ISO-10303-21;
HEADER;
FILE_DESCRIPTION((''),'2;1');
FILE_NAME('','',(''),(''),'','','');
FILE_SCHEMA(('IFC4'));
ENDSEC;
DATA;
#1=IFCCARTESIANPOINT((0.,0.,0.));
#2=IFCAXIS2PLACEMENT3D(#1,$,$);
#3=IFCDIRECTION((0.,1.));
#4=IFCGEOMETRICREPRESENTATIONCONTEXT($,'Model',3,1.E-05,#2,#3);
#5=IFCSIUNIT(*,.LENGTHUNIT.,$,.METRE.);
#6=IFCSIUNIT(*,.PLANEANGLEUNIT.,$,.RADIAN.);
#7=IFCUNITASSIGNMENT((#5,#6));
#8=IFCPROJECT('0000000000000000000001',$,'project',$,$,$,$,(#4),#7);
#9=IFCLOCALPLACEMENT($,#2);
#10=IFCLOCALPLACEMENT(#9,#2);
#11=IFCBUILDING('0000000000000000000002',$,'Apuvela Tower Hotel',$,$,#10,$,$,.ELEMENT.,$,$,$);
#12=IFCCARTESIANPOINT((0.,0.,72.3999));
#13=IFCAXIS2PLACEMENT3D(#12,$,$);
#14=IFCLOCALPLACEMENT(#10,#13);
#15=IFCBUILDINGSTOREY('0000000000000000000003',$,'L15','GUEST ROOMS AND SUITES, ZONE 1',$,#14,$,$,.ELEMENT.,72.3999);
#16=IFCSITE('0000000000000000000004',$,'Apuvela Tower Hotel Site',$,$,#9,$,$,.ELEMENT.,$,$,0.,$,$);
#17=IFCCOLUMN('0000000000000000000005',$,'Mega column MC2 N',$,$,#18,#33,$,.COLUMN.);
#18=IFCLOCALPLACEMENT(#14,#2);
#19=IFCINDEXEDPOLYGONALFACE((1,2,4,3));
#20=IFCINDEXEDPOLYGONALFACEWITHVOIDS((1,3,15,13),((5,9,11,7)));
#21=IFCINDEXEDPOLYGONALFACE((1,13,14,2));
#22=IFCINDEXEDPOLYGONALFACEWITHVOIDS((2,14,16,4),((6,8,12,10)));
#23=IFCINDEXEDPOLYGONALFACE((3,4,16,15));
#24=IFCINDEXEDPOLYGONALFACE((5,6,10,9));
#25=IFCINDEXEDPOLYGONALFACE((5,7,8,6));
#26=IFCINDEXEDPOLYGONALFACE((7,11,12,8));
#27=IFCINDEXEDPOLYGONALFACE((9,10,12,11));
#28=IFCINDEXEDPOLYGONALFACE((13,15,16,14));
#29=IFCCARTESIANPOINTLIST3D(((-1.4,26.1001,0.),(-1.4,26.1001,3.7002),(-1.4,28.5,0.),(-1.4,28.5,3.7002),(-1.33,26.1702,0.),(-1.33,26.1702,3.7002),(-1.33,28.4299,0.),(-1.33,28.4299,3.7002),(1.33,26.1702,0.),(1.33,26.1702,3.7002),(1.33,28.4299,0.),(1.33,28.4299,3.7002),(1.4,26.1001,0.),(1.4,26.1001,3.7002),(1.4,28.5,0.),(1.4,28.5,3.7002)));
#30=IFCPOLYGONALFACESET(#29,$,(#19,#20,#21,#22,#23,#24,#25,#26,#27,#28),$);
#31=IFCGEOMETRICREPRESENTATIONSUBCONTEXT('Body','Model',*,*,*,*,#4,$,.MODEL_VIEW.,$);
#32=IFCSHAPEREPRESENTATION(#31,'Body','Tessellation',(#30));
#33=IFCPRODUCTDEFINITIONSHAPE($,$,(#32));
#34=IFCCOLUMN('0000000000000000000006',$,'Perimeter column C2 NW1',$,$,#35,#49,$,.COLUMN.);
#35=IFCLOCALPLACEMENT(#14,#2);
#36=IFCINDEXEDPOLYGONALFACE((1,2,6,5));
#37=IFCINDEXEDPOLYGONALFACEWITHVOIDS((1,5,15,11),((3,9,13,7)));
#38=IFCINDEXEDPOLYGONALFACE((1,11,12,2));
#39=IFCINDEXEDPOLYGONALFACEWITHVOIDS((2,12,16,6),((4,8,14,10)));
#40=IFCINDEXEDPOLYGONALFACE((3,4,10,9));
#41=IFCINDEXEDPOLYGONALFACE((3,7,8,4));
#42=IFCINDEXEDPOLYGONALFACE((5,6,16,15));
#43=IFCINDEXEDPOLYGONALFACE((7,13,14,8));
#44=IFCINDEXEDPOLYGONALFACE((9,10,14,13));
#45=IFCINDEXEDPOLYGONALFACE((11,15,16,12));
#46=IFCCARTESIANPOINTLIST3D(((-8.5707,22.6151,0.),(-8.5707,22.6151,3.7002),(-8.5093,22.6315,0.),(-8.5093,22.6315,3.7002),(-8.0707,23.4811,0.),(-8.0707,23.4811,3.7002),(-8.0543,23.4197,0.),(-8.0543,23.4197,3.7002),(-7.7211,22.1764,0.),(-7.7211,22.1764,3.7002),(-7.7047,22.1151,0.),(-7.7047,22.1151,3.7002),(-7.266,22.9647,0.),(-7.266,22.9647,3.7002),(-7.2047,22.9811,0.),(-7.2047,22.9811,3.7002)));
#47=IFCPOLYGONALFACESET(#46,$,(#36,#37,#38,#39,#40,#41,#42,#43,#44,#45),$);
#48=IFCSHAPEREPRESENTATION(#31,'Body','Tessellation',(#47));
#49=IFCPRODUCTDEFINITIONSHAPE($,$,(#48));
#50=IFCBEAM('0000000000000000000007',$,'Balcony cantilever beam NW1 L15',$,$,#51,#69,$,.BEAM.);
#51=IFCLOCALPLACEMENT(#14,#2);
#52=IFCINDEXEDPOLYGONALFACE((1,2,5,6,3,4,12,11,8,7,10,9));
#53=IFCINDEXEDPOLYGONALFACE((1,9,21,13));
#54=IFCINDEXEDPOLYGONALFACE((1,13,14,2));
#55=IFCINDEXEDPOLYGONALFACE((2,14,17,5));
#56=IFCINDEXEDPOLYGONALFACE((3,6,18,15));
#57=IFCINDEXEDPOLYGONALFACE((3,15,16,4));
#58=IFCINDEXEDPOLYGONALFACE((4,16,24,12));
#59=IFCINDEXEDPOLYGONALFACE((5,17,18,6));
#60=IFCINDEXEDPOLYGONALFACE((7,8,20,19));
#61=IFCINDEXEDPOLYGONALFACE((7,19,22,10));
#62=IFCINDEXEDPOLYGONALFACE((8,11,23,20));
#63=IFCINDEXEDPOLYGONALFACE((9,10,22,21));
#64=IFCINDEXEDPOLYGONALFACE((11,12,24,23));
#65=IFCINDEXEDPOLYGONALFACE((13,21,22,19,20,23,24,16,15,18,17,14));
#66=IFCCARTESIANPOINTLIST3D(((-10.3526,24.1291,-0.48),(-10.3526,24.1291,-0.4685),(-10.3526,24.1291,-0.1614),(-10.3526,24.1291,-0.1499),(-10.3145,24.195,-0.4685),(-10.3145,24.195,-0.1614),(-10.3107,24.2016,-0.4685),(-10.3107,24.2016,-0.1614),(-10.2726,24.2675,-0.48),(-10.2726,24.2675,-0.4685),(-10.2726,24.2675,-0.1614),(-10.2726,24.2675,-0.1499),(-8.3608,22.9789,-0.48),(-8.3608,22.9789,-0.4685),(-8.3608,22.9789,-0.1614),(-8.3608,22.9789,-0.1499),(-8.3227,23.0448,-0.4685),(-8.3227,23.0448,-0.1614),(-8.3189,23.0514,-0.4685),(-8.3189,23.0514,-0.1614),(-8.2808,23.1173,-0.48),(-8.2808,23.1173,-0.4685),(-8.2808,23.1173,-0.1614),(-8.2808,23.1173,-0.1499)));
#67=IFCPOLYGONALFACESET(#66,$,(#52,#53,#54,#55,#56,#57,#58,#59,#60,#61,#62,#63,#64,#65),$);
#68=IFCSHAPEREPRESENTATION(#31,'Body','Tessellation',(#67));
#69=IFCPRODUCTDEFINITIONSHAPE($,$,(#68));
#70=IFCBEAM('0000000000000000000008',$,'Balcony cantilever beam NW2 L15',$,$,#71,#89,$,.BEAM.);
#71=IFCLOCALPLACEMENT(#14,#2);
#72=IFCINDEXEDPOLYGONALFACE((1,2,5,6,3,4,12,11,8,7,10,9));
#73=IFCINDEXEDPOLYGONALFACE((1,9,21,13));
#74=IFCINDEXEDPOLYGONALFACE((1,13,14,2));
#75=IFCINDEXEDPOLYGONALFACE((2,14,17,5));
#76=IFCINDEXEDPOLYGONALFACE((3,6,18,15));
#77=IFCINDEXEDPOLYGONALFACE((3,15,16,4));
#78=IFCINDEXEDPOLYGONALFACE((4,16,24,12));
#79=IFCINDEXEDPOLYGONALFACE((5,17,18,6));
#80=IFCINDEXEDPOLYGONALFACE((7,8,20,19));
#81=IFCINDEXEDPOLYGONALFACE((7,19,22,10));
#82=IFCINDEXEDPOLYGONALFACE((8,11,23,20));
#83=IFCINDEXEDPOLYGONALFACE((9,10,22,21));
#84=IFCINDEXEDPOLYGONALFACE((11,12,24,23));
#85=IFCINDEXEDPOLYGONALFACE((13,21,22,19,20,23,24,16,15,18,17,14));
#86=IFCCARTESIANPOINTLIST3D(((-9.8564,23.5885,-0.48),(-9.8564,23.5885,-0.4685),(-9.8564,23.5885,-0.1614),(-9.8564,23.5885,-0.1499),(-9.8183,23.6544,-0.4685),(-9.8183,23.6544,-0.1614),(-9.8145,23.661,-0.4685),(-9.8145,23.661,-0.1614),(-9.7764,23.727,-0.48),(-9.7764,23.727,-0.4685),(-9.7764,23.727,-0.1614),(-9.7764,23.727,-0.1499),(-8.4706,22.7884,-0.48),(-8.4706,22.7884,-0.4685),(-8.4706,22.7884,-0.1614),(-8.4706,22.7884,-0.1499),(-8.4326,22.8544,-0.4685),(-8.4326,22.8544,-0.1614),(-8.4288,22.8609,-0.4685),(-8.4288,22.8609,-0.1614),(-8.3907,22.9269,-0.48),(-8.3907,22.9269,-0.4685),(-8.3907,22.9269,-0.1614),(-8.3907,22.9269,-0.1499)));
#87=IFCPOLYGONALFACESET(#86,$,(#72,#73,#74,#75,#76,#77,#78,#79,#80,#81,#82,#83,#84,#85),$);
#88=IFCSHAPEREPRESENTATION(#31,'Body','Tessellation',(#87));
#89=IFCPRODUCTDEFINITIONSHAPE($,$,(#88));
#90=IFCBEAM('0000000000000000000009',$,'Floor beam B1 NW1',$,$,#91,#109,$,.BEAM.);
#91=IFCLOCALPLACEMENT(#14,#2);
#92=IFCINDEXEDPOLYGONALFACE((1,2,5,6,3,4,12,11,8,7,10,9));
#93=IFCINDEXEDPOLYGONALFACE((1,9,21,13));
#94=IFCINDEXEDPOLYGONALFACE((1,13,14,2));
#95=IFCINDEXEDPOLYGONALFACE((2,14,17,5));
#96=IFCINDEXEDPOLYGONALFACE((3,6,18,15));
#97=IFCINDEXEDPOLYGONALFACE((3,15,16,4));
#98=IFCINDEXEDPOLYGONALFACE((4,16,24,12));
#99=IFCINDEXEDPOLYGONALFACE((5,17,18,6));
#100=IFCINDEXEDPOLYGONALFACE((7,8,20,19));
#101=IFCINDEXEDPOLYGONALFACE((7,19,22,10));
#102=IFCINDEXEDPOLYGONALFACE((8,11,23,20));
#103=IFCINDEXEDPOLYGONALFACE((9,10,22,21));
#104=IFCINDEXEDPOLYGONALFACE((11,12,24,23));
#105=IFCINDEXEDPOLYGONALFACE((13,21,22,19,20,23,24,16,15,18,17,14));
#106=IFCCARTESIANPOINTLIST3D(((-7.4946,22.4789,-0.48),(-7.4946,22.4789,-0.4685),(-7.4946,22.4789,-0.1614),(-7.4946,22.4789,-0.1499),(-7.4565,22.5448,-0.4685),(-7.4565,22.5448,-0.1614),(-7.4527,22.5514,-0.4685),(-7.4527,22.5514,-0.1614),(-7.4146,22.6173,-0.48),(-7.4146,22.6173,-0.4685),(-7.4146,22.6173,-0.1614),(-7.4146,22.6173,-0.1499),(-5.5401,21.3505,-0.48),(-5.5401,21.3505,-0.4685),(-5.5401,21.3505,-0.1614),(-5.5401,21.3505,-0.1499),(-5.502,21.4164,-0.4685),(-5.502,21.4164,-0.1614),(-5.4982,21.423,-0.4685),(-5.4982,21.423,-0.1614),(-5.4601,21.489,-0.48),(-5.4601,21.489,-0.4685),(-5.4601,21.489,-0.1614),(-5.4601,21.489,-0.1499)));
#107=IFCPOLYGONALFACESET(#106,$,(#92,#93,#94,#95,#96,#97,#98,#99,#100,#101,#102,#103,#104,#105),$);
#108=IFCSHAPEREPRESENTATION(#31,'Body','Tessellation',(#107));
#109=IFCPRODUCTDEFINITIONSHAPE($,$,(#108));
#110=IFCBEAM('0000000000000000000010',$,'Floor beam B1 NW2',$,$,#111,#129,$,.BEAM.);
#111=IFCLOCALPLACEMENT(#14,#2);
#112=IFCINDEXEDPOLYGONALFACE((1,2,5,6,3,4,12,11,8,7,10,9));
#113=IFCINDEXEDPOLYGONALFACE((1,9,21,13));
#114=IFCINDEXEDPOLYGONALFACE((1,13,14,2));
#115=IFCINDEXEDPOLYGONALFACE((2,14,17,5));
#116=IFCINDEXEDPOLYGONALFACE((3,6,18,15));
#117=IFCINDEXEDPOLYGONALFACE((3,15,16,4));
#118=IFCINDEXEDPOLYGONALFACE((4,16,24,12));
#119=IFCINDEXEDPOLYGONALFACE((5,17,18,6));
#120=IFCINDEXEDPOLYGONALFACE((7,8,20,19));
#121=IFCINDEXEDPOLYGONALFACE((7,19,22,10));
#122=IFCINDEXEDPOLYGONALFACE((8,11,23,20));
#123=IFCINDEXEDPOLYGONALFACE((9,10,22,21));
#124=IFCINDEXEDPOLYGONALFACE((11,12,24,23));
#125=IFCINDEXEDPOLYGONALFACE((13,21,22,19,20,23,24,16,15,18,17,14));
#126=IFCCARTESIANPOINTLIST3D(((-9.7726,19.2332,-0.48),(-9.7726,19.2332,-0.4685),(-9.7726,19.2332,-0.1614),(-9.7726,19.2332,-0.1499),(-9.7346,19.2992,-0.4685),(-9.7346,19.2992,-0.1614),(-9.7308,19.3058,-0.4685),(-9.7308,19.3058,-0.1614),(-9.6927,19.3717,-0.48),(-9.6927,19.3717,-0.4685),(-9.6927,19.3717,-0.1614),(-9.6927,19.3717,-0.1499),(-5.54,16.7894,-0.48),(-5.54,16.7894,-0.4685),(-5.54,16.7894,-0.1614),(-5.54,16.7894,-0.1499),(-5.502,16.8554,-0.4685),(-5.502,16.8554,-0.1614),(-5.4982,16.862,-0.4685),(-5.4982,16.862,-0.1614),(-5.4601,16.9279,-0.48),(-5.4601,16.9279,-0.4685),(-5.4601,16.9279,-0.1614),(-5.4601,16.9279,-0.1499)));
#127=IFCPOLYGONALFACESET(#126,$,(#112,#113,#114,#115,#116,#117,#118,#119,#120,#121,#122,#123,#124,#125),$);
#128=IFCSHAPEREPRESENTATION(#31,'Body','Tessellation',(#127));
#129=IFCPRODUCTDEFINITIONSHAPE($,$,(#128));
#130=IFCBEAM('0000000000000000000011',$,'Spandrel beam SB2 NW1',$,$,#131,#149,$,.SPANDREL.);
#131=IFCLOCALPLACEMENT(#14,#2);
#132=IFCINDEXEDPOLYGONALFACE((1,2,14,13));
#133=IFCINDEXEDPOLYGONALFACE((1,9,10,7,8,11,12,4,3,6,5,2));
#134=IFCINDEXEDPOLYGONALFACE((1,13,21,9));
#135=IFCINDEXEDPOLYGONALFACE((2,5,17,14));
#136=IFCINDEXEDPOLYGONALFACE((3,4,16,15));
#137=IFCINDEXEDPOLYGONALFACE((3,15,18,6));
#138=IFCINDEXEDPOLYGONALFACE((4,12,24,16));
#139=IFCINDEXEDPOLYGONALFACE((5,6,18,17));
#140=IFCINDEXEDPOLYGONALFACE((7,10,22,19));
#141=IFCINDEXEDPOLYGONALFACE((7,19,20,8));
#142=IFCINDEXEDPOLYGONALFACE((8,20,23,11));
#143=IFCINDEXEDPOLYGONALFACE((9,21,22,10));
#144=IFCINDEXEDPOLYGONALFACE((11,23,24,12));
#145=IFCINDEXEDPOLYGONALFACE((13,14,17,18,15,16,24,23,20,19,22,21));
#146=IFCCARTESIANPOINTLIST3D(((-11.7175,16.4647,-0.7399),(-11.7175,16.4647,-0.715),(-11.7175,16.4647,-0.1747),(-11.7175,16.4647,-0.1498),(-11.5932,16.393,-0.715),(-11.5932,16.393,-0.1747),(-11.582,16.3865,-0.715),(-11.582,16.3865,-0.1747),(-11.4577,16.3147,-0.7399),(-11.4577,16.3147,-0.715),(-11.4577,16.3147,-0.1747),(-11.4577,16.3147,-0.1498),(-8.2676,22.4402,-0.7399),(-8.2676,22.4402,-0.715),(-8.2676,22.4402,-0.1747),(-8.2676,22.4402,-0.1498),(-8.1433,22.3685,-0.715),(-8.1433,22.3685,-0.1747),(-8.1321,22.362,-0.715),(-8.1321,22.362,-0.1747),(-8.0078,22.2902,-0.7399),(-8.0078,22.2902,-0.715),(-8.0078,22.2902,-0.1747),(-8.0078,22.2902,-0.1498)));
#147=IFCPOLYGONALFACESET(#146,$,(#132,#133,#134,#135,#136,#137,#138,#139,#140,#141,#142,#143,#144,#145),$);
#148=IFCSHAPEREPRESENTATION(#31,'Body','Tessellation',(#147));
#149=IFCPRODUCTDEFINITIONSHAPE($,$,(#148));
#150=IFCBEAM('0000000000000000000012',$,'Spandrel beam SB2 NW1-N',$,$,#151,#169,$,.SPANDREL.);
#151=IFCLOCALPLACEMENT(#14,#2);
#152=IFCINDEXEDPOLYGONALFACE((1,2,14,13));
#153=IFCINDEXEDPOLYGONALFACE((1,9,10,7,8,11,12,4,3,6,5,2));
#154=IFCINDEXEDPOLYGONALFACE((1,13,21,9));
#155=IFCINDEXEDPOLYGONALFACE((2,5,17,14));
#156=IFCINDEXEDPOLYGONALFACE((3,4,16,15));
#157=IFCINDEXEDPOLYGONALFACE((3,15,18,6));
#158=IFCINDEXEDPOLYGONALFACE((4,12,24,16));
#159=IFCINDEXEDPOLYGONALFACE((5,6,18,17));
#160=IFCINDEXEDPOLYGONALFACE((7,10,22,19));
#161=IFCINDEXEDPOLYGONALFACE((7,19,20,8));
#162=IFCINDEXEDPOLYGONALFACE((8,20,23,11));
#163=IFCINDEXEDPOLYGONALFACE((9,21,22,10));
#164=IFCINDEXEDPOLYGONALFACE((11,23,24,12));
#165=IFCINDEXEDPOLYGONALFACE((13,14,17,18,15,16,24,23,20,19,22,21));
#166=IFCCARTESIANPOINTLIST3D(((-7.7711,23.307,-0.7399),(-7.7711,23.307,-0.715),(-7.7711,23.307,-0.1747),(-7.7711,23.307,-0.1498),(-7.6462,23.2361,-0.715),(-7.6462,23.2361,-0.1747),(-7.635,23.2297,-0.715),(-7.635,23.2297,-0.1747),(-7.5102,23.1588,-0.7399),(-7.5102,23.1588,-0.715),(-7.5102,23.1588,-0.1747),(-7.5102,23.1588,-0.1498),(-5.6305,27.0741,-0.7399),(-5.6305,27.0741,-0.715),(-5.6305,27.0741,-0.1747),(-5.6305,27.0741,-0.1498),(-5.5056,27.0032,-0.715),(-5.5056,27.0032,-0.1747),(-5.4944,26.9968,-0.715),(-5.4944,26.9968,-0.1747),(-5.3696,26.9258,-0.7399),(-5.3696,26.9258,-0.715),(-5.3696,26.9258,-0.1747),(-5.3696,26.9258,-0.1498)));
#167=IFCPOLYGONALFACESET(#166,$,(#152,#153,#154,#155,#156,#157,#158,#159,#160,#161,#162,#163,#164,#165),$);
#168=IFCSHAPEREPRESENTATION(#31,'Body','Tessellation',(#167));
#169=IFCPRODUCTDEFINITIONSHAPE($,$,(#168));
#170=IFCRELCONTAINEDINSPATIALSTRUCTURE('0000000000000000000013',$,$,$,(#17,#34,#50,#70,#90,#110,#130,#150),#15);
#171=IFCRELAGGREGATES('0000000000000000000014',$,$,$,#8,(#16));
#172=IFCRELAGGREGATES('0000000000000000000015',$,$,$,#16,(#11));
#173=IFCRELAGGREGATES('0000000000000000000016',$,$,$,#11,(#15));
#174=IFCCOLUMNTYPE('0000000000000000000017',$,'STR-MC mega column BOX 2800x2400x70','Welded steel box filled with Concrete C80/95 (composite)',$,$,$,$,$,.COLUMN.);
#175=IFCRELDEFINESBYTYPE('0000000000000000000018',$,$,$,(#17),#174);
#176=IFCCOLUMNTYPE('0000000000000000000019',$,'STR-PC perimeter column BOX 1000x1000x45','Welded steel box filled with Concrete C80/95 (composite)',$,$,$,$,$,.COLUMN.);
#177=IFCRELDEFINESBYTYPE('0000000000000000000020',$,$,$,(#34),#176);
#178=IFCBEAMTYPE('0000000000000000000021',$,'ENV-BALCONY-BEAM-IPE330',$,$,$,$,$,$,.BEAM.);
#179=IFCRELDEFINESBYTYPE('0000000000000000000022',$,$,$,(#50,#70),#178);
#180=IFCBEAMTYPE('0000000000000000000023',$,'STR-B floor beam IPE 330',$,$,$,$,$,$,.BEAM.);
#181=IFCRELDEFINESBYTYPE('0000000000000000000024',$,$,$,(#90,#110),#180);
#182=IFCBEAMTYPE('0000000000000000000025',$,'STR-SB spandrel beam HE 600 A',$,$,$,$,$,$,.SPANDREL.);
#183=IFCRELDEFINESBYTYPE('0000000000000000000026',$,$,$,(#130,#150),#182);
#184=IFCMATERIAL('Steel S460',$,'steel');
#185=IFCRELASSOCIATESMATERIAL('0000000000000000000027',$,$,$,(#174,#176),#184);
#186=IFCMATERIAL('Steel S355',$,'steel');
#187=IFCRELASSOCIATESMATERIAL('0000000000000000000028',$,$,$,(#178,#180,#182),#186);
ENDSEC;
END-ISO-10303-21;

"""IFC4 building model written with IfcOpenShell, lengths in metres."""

from ifc_helpers import new_model, si_unit, direction, frame, origin, origin_2d, place, context, subcontext, project, spatial, rectangle, hollow_rectangle, i_section, extrude, material, material_profile, profile_set, type_object, element, save


model = new_model("IFC4")

# Units and contexts
model_context = context("Model", 3, precision=1e-05, world=origin(), true_north=direction((0.0, 1.0)))
body_context = subcontext(model_context, "Body", "Model", "MODEL_VIEW")
ifc_project = project(units=[si_unit("LENGTHUNIT", "METRE"), si_unit("PLANEANGLEUNIT", "RADIAN")], contexts=[model_context])

# Site, building, storey
site_placement = place(None, origin())
site = spatial("IfcSite", under=ifc_project, at=site_placement, Name="Apuvela Tower Hotel Site", CompositionType="ELEMENT", RefElevation=0.0)
building_placement = place(site_placement, origin())
building = spatial("IfcBuilding", under=site, at=building_placement, Name="Apuvela Tower Hotel", CompositionType="ELEMENT")
storey_placement = place(building_placement, frame((0.0, 0.0, 72.3999)))
storey = spatial("IfcBuildingStorey", under=building, at=storey_placement, Name="L15", Description="GUEST ROOMS AND SUITES, ZONE 1", CompositionType="ELEMENT", Elevation=72.3999)

# Columns
ifc_material_1 = material(Name="Steel S460", Category="steel")
ifc_material_profile_1 = material_profile(ifc_material_1, hollow_rectangle(XDim=2.8, YDim=2.3999, WallThickness=0.0701, at=origin_2d()), Name="BOX 2800x2400x70")
ifc_material_2 = material(Name="Concrete C80/95", Category="concrete")
ifc_material_profile_2 = material_profile(ifc_material_2, rectangle(XDim=2.6599, YDim=2.26, at=origin_2d()), Name="Concrete C80/95 infill")
ifc_profile_set_1 = profile_set([ifc_material_profile_1, ifc_material_profile_2], Name="Steel S460")
column_type_1 = type_object("IfcColumnType", Name="STR-MC mega column BOX 2800x2400x70", Description="Welded steel box filled with Concrete C80/95 (composite)", PredefinedType="COLUMN", material=ifc_profile_set_1)
column_1_placement = place(storey_placement, frame((0.0, 27.3, 0.0), z_axis=(0.0, 0.0, 1.0), x_axis=(1.0, 0.0, 0.0)))
element("IfcColumn", 1, at=column_1_placement, inside=storey, type_object=column_type_1, Name="Mega column MC2 N", PredefinedType="COLUMN", context=body_context, shape_type="SweptSolid", body=[
    extrude(hollow_rectangle(XDim=2.8, YDim=2.3999, WallThickness=0.0701, at=origin_2d()), origin(), (0.0, 0.0, 1.0), 3.7002),
])
ifc_material_profile_3 = material_profile(ifc_material_1, hollow_rectangle(XDim=1.0, YDim=1.0, WallThickness=0.0449, at=origin_2d()), Name="BOX 1000x1000x45")
ifc_material_profile_4 = material_profile(ifc_material_2, rectangle(XDim=0.9099, YDim=0.9099, at=origin_2d()), Name="Concrete C80/95 infill")
ifc_profile_set_2 = profile_set([ifc_material_profile_3, ifc_material_profile_4], Name="Steel S460")
column_type_2 = type_object("IfcColumnType", Name="STR-PC perimeter column BOX 1000x1000x45", Description="Welded steel box filled with Concrete C80/95 (composite)", PredefinedType="COLUMN", material=ifc_profile_set_2)
column_2_placement = place(storey_placement, frame((-7.8877, 22.7981, 0.0), z_axis=(0.0, 0.0, 1.0), x_axis=(0.5, 0.866025, 0.0)))
element("IfcColumn", 2, at=column_2_placement, inside=storey, type_object=column_type_2, Name="Perimeter column C2 NW1", PredefinedType="COLUMN", context=body_context, shape_type="SweptSolid", body=[
    extrude(hollow_rectangle(XDim=1.0, YDim=1.0, WallThickness=0.0449, at=origin_2d()), origin(), (0.0, 0.0, 1.0), 3.7002),
])

# Beams
ifc_material_3 = material(Name="Steel S355", Category="steel")
ifc_material_profile_5 = material_profile(ifc_material_3, i_section(OverallWidth=0.1599, OverallDepth=0.3301, WebThickness=0.0076, FlangeThickness=0.0115, at=origin_2d()), Name="IPE 330")
ifc_profile_set_3 = profile_set([ifc_material_profile_5], Name="Steel S355")
beam_type_1 = type_object("IfcBeamType", Name="ENV-BALCONY-BEAM-IPE330", PredefinedType="BEAM", material=ifc_profile_set_3)
beam_1_placement = place(storey_placement, frame((-8.3208, 23.0481, -0.3149), z_axis=(-0.865981, 0.500078, 0.0), x_axis=(-0.500078, -0.865981, 0.0)))
element("IfcBeam", 3, at=beam_1_placement, inside=storey, type_object=beam_type_1, Name="Balcony cantilever beam NW1 L15", PredefinedType="BEAM", context=body_context, shape_type="SweptSolid", body=[
    extrude(i_section(OverallWidth=0.1599, OverallDepth=0.3301, WebThickness=0.0076, FlangeThickness=0.0115, at=origin_2d()), origin(), (0.0, 0.0, 1.0), 2.3),
])
beam_2_placement = place(storey_placement, frame((-8.4307, 22.8577, -0.3149), z_axis=(-0.866028, 0.499995, 0.0), x_axis=(-0.499995, -0.866028, 0.0)))
element("IfcBeam", 4, at=beam_2_placement, inside=storey, type_object=beam_type_1, Name="Balcony cantilever beam NW2 L15", PredefinedType="BEAM", context=body_context, shape_type="SweptSolid", body=[
    extrude(i_section(OverallWidth=0.1599, OverallDepth=0.3301, WebThickness=0.0076, FlangeThickness=0.0115, at=origin_2d()), origin(), (0.0, 0.0, 1.0), 1.6001),
])
ifc_material_profile_6 = material_profile(ifc_material_3, i_section(OverallWidth=0.1599, OverallDepth=0.3301, WebThickness=0.0076, FlangeThickness=0.0115, at=origin_2d()), Name="IPE 330")
ifc_profile_set_4 = profile_set([ifc_material_profile_6], Name="Steel S355")
beam_type_2 = type_object("IfcBeamType", Name="STR-B floor beam IPE 330", PredefinedType="BEAM", material=ifc_profile_set_4)
beam_3_placement = place(storey_placement, frame((-7.4546, 22.5481, -0.3149), z_axis=(0.866038, -0.499978, 0.0), x_axis=(0.499978, 0.866038, 0.0)))
element("IfcBeam", 5, at=beam_3_placement, inside=storey, type_object=beam_type_2, Name="Floor beam B1 NW1", PredefinedType="BEAM", context=body_context, shape_type="SweptSolid", body=[
    extrude(i_section(OverallWidth=0.1599, OverallDepth=0.3301, WebThickness=0.0076, FlangeThickness=0.0115, at=origin_2d()), origin(), (0.0, 0.0, 1.0), 2.2568),
])
beam_4_placement = place(storey_placement, frame((-9.7327, 19.3025, -0.3149), z_axis=(0.866015, -0.500018, 0.0), x_axis=(0.500018, 0.866015, 0.0)))
element("IfcBeam", 6, at=beam_4_placement, inside=storey, type_object=beam_type_2, Name="Floor beam B1 NW2", PredefinedType="BEAM", context=body_context, shape_type="SweptSolid", body=[
    extrude(i_section(OverallWidth=0.1599, OverallDepth=0.3301, WebThickness=0.0076, FlangeThickness=0.0115, at=origin_2d()), origin(), (0.0, 0.0, 1.0), 4.8875),
])
ifc_material_profile_7 = material_profile(ifc_material_3, i_section(OverallWidth=0.3, OverallDepth=0.5901, WebThickness=0.0129, FlangeThickness=0.0249, at=origin_2d()), Name="HE 600 A")
ifc_profile_set_5 = profile_set([ifc_material_profile_7], Name="Steel S355")
beam_type_3 = type_object("IfcBeamType", Name="STR-SB spandrel beam HE 600 A", PredefinedType="SPANDREL", material=ifc_profile_set_5)
beam_5_placement = place(storey_placement, frame((-8.1377, 22.3652, -0.4448), z_axis=(-0.499994, -0.866029, 0.0), x_axis=(0.866029, -0.499994, 0.0)))
element("IfcBeam", 7, at=beam_5_placement, inside=storey, type_object=beam_type_3, Name="Spandrel beam SB2 NW1", PredefinedType="SPANDREL", context=body_context, shape_type="SweptSolid", body=[
    extrude(i_section(OverallWidth=0.3, OverallDepth=0.5901, WebThickness=0.0129, FlangeThickness=0.0249, at=origin_2d()), origin(), (0.0, 0.0, 1.0), 6.8999),
])
beam_6_placement = place(storey_placement, frame((-7.6406, 23.2329, -0.4448), z_axis=(0.49405, 0.869433, 0.0), x_axis=(-0.869433, 0.49405, 0.0)))
element("IfcBeam", 8, at=beam_6_placement, inside=storey, type_object=beam_type_3, Name="Spandrel beam SB2 NW1-N", PredefinedType="SPANDREL", context=body_context, shape_type="SweptSolid", body=[
    extrude(i_section(OverallWidth=0.3, OverallDepth=0.5901, WebThickness=0.0129, FlangeThickness=0.0249, at=origin_2d()), origin(), (0.0, 0.0, 1.0), 4.3328),
])

save(model, "model.ifc")
